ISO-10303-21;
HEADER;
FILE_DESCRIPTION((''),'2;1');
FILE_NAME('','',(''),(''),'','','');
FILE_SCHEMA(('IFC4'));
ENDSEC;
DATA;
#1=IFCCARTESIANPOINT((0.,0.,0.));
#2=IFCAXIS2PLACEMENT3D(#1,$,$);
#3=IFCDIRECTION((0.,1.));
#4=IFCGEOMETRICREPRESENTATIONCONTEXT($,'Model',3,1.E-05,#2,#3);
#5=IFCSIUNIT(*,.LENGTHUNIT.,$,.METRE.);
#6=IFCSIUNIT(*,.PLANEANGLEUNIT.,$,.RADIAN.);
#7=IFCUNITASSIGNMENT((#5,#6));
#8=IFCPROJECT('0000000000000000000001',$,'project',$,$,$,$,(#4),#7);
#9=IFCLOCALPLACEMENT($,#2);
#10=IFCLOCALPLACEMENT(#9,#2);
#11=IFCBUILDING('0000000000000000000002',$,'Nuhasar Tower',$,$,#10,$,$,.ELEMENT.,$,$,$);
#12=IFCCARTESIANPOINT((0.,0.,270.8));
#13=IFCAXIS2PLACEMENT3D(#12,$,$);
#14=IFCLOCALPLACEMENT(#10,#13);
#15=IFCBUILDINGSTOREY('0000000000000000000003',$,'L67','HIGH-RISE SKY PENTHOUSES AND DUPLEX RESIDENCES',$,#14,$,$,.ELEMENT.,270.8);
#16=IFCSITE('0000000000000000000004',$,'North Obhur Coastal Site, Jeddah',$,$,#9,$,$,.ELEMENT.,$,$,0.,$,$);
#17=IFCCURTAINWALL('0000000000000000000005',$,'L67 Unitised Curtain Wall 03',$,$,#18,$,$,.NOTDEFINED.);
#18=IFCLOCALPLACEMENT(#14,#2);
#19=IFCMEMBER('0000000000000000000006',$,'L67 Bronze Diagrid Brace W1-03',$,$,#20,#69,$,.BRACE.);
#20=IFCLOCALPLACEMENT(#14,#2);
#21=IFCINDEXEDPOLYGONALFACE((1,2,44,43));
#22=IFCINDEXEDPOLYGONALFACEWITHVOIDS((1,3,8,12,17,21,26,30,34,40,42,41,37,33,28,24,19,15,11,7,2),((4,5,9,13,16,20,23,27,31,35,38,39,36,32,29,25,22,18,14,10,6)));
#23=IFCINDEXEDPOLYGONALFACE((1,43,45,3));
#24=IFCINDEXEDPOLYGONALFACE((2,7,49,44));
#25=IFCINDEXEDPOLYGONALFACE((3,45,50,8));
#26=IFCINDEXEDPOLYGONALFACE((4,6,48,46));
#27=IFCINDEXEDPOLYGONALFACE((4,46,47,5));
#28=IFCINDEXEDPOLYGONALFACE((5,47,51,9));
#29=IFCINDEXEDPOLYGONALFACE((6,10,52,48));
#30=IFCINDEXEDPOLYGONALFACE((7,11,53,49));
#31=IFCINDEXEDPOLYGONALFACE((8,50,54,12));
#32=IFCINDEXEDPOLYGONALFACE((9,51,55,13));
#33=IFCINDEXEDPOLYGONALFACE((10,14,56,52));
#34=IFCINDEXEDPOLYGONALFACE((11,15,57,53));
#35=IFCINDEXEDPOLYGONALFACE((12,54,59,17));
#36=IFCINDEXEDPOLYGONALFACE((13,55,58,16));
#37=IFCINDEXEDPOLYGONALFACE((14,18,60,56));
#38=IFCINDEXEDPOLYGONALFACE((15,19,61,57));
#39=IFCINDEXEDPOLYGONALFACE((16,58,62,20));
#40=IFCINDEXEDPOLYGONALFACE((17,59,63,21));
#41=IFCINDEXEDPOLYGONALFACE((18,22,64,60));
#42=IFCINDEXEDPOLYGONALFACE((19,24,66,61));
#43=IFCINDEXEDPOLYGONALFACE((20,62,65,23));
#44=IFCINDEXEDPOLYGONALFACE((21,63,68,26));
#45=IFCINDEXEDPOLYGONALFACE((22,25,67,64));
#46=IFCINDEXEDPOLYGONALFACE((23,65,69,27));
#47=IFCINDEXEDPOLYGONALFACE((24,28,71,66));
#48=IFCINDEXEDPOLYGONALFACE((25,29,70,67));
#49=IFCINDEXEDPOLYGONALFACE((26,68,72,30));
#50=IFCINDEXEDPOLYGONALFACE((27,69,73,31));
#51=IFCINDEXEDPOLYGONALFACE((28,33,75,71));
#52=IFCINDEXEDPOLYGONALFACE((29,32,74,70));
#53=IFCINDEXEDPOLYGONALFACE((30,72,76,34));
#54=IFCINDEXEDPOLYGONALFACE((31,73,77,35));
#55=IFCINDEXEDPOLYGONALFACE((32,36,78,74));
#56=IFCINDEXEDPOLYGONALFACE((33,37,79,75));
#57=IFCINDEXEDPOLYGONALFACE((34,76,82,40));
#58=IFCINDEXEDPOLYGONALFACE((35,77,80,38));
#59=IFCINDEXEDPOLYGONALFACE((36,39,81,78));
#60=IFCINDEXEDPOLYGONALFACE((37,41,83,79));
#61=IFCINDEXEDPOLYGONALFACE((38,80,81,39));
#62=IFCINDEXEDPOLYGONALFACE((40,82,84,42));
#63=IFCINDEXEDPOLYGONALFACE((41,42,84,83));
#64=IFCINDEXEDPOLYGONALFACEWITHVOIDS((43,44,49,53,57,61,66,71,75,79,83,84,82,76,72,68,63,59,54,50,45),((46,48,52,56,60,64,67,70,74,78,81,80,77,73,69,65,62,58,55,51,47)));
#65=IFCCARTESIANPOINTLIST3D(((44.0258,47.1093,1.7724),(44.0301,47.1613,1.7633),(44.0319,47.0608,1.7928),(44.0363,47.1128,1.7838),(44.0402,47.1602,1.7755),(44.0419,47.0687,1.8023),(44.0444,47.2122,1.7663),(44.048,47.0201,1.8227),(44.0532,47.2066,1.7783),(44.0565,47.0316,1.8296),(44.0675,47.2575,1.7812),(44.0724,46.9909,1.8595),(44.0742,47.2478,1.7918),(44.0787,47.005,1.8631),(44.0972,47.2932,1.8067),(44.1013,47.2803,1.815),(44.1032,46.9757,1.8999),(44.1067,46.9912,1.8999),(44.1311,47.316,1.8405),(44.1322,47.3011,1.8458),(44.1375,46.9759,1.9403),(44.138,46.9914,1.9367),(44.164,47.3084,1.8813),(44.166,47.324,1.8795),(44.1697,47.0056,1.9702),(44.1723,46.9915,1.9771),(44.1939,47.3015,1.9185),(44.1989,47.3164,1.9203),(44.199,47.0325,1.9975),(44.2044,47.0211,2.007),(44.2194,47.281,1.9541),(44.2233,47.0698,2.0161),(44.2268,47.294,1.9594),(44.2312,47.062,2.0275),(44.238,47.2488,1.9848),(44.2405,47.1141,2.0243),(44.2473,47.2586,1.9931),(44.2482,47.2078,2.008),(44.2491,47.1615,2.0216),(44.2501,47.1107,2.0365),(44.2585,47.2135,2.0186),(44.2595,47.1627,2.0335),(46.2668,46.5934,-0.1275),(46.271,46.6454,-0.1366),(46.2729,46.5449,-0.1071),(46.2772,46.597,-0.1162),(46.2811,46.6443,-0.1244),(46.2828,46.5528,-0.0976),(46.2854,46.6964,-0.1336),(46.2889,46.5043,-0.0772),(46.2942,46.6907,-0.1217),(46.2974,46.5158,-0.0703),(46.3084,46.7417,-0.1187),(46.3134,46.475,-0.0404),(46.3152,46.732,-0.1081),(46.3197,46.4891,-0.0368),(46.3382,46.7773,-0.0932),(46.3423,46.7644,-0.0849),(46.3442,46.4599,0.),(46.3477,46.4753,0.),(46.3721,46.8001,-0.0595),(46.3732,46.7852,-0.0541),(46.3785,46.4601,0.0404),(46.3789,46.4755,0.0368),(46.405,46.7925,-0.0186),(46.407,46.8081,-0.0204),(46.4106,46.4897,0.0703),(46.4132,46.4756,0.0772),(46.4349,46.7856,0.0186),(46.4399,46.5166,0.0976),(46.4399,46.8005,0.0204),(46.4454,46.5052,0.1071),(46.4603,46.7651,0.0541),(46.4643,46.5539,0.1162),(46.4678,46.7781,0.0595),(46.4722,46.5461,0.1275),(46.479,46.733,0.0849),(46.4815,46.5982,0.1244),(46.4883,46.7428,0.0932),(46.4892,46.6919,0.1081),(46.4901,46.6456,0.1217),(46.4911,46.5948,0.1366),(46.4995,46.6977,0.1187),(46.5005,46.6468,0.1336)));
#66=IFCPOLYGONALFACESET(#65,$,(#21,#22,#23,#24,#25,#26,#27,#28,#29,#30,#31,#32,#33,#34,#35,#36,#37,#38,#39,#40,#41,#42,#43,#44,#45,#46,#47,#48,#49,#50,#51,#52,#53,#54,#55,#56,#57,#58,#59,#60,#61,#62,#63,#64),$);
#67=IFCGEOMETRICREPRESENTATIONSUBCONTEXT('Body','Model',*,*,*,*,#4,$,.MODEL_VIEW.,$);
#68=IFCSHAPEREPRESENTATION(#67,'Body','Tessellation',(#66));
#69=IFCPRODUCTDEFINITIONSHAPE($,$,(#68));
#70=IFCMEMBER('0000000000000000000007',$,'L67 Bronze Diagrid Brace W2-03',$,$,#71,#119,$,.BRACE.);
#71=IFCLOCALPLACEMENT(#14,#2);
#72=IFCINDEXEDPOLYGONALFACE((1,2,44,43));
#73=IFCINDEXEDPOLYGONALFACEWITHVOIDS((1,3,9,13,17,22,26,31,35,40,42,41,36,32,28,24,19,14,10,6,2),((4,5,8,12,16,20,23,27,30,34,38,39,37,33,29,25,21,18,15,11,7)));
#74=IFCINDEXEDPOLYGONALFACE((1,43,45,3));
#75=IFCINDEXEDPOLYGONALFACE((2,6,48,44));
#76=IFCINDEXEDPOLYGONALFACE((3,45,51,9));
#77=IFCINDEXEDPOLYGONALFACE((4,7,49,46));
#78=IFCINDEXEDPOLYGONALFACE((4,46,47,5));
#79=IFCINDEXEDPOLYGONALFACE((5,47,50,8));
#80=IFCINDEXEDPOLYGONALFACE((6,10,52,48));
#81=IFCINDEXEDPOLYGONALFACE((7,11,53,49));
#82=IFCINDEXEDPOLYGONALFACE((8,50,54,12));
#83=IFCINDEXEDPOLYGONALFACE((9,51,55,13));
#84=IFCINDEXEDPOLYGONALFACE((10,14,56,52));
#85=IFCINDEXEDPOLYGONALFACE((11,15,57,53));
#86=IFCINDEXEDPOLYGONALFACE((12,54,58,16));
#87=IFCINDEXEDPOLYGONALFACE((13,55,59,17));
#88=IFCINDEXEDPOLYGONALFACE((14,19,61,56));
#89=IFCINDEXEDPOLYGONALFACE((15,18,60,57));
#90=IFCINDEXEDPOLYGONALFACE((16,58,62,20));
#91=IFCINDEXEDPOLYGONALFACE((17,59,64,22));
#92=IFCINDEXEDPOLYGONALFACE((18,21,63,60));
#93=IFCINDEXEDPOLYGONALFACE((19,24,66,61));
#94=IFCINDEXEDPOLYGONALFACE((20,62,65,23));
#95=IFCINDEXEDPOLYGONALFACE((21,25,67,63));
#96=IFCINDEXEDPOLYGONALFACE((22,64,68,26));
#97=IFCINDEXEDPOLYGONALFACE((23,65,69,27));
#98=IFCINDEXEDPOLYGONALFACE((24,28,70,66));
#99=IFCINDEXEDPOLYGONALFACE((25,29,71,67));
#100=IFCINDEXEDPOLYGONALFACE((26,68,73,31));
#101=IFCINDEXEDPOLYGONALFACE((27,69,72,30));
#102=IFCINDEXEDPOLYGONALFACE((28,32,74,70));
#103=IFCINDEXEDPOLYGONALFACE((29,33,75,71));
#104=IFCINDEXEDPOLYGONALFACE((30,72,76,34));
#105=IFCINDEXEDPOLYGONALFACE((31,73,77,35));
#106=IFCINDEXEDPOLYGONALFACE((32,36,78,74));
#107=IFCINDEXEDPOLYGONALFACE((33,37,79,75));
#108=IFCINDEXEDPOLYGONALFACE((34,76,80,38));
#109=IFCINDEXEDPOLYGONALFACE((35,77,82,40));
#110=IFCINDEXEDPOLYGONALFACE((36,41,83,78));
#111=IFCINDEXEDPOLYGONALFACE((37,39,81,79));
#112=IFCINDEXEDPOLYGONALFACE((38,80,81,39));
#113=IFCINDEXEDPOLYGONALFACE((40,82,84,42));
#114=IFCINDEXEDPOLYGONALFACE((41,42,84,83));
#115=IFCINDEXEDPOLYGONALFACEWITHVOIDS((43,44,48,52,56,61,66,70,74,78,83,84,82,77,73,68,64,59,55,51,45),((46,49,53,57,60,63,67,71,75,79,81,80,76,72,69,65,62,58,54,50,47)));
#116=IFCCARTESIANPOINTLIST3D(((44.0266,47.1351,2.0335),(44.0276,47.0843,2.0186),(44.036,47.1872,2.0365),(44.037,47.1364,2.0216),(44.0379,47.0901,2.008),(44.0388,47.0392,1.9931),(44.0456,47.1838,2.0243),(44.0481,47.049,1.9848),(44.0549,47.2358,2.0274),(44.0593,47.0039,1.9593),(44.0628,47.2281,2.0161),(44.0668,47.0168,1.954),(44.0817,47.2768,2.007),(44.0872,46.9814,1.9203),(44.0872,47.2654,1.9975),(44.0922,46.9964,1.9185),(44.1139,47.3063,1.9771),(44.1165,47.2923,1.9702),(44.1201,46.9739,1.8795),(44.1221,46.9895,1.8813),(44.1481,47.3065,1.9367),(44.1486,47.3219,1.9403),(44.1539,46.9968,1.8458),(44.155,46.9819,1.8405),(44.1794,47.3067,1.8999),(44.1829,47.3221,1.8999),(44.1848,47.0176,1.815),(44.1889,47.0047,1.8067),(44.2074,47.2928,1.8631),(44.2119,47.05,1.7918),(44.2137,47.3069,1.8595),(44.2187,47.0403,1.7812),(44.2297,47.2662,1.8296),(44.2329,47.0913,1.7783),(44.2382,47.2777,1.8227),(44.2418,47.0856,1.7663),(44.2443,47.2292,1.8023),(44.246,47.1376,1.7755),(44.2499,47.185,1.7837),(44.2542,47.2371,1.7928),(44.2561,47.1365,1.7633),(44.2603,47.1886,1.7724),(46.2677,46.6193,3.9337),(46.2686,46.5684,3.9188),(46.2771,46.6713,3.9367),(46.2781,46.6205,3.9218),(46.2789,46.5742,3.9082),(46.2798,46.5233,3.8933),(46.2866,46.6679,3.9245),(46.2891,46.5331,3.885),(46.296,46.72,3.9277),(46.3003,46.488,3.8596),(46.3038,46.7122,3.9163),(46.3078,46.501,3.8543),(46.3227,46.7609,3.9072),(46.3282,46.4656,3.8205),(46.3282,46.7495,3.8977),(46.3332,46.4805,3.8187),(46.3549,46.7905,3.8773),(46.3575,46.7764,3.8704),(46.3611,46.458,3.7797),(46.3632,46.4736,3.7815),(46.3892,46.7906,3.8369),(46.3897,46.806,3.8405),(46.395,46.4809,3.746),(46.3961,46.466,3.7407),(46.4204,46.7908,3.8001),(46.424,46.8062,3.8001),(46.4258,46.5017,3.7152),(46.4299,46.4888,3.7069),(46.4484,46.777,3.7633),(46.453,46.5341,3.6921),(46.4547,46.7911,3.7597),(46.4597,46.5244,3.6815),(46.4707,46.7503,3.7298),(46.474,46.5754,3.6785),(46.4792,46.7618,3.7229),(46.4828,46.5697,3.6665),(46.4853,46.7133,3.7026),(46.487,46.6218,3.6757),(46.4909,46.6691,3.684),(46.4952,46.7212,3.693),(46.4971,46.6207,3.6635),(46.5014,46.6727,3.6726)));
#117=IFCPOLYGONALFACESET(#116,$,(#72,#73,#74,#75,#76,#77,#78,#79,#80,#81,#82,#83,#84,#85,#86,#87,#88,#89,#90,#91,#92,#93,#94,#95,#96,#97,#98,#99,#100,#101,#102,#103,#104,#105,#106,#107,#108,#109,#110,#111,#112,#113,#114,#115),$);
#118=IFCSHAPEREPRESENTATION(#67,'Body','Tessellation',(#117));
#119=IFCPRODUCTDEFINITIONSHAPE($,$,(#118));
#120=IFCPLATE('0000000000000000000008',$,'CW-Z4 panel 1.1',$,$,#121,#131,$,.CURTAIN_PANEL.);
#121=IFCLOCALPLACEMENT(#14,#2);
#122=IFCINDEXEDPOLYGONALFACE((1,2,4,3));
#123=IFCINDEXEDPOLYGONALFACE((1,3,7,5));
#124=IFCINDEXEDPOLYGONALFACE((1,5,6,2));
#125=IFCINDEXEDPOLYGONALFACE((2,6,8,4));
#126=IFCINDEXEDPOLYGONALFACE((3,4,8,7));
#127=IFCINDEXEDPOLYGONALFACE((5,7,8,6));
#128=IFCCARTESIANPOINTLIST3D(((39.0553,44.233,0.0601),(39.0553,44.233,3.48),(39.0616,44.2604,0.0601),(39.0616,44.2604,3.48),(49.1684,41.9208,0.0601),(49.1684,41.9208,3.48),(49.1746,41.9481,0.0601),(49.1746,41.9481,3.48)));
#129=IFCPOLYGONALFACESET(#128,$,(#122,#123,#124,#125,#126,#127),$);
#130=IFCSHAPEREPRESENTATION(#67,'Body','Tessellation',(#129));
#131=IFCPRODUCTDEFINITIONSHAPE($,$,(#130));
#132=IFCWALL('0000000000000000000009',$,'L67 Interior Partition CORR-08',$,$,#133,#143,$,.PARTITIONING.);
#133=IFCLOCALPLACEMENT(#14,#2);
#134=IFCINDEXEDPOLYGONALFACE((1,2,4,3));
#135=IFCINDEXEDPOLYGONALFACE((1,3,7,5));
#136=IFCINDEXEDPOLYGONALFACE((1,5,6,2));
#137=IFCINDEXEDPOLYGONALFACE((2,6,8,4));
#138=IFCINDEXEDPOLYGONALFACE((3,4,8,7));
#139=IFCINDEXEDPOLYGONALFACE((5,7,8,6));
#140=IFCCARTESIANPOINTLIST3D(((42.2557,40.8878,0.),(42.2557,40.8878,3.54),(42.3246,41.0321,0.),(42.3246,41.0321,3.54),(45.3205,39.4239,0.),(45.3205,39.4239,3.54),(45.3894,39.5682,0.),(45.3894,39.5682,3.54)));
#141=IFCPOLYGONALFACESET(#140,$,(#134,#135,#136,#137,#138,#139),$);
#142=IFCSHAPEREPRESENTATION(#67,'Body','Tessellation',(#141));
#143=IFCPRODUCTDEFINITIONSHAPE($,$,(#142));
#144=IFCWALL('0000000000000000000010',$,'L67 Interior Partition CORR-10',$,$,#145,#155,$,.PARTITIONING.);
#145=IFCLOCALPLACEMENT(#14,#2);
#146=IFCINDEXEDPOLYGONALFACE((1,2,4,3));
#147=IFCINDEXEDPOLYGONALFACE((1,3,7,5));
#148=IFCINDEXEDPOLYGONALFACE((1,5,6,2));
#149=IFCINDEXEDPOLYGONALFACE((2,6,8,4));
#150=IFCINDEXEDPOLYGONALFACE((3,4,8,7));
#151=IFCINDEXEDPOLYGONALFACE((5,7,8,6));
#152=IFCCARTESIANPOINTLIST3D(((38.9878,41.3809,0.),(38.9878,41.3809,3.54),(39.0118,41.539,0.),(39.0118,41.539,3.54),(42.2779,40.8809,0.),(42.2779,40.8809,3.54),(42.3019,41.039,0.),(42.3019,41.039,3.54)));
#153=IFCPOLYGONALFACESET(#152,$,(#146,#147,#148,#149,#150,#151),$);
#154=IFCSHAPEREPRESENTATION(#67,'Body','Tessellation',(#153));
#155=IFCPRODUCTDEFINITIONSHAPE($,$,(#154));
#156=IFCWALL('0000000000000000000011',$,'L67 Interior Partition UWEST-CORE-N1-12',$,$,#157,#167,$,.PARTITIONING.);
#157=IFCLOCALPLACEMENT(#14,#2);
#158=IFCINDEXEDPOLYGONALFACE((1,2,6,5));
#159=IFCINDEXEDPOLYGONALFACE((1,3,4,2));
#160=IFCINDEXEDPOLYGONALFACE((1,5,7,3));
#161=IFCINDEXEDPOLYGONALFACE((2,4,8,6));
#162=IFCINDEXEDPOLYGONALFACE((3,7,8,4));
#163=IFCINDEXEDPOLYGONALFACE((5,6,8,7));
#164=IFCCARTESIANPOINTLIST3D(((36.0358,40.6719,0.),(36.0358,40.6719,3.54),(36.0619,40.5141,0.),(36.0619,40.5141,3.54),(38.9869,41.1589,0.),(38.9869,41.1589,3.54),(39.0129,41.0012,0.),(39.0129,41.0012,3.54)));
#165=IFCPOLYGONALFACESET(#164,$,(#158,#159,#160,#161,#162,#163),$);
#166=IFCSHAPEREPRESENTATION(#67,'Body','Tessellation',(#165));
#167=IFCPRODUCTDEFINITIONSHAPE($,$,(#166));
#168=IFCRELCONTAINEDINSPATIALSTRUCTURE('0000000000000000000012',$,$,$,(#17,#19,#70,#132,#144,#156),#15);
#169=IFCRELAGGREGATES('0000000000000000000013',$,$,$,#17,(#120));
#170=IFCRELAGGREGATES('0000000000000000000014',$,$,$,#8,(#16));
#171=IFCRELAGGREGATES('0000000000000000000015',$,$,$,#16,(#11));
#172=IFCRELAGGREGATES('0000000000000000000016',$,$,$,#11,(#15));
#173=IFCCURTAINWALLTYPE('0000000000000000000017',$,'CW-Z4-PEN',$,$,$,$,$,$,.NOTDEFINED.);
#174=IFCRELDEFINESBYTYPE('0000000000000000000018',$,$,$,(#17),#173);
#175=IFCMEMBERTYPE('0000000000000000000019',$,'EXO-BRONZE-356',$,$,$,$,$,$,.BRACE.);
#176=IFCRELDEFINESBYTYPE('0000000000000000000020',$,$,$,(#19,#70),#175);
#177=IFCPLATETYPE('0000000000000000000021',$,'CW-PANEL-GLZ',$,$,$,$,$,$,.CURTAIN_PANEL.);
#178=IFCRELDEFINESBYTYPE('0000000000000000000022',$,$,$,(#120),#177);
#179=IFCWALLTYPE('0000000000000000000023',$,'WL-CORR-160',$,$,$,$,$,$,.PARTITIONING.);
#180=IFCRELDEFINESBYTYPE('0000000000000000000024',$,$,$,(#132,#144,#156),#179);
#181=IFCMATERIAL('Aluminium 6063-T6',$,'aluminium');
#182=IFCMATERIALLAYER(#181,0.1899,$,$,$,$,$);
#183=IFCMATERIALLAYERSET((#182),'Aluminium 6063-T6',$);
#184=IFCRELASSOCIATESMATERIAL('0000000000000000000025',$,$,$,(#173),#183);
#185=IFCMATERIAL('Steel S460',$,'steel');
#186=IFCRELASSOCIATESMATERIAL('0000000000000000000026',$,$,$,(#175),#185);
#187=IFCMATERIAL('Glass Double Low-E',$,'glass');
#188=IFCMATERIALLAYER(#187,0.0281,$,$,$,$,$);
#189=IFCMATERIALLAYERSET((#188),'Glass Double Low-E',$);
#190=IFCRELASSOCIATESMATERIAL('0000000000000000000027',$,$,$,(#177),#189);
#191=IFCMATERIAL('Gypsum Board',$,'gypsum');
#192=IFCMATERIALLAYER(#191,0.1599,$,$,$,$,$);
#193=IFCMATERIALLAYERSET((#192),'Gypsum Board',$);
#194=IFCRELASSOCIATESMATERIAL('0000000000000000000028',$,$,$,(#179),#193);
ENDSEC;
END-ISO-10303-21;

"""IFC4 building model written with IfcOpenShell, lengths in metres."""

from ifc_helpers import new_model, si_unit, direction, frame, frame_2d, origin, origin_2d, place, context, subcontext, project, spatial, rectangle, hollow_circle, extrude, material, layer, layer_set, material_profile, profile_set, type_object, element, aggregate, save


model = new_model("IFC4")

# Units and contexts
model_context = context("Model", 3, precision=1e-05, world=origin(), true_north=direction((0.0, 1.0)))
body_context = subcontext(model_context, "Body", "Model", "MODEL_VIEW")
ifc_project = project(units=[si_unit("LENGTHUNIT", "METRE"), si_unit("PLANEANGLEUNIT", "RADIAN")], contexts=[model_context])

# Site, building, storey
site_placement = place(None, origin())
site = spatial("IfcSite", under=ifc_project, at=site_placement, Name="North Obhur Coastal Site, Jeddah", CompositionType="ELEMENT", RefElevation=0.0)
building_placement = place(site_placement, origin())
building = spatial("IfcBuilding", under=site, at=building_placement, Name="Nuhasar Tower", CompositionType="ELEMENT")
storey_placement = place(building_placement, frame((0.0, 0.0, 270.8)))
storey = spatial("IfcBuildingStorey", under=building, at=storey_placement, Name="L67", Description="HIGH-RISE SKY PENTHOUSES AND DUPLEX RESIDENCES", CompositionType="ELEMENT", Elevation=270.8)

# Curtain wall
ifc_material_1 = material(Name="Aluminium 6063-T6", Category="aluminium")
ifc_layer_1 = layer(ifc_material_1, 0.1899)
ifc_layer_set_1 = layer_set([ifc_layer_1], Name="Aluminium 6063-T6")
curtain_wall_type = type_object("IfcCurtainWallType", Name="CW-Z4-PEN", PredefinedType="NOTDEFINED", material=ifc_layer_set_1)
curtain_wall_placement = place(storey_placement, origin())
curtain_wall = element("IfcCurtainWall", 1, at=curtain_wall_placement, inside=storey, type_object=curtain_wall_type, Name="L67 Unitised Curtain Wall 03", PredefinedType="NOTDEFINED")

# Members
ifc_material_2 = material(Name="Steel S460", Category="steel")
ifc_material_profile_1 = material_profile(ifc_material_2, hollow_circle(Radius=0.1777, WallThickness=0.0159, at=origin_2d()), Name="HSS355.6X15.9")
ifc_profile_set_1 = profile_set([ifc_material_profile_1], Name="Steel S460")
member_type_1 = type_object("IfcMemberType", Name="EXO-BRONZE-356", PredefinedType="BRACE", material=ifc_profile_set_1)
member_1_placement = place(storey_placement, frame((46.384, 46.6331, 0.0), z_axis=(-0.751272, 0.172942, 0.636932), x_axis=(-0.224332, -0.974513, 0.0)))
element("IfcMember", 2, at=member_1_placement, inside=storey, type_object=member_type_1, Name="L67 Bronze Diagrid Brace W1-03", PredefinedType="BRACE", context=body_context, shape_type="SweptSolid", body=[
    extrude(hollow_circle(Radius=0.1777, WallThickness=0.0159, at=origin_2d()), origin(), (0.0, 0.0, 1.0), 2.9829),
])
member_2_placement = place(storey_placement, frame((44.1431, 47.1489, 1.8999), z_axis=(0.751232, -0.172933, 0.63698), x_axis=(0.224332, 0.974513, 0.0)))
element("IfcMember", 3, at=member_2_placement, inside=storey, type_object=member_type_1, Name="L67 Bronze Diagrid Brace W2-03", PredefinedType="BRACE", context=body_context, shape_type="SweptSolid", body=[
    extrude(hollow_circle(Radius=0.1777, WallThickness=0.0159, at=origin_2d()), origin(), (0.0, 0.0, 1.0), 2.9832),
])

# Plate
ifc_material_3 = material(Name="Glass Double Low-E", Category="glass")
ifc_layer_2 = layer(ifc_material_3, 0.0281)
ifc_layer_set_2 = layer_set([ifc_layer_2], Name="Glass Double Low-E")
plate_type = type_object("IfcPlateType", Name="CW-PANEL-GLZ", PredefinedType="CURTAIN_PANEL", material=ifc_layer_set_2)
plate_placement = place(storey_placement, frame((44.115, 43.0906, 0.0601), z_axis=(0.0, 0.0, 1.0), x_axis=(-0.974844, 0.222889, 0.0)))
plate = element("IfcPlate", 4, at=plate_placement, type_object=plate_type, Name="CW-Z4 panel 1.1", PredefinedType="CURTAIN_PANEL", context=body_context, shape_type="SweptSolid", body=[
    extrude(rectangle(XDim=10.374, YDim=0.0281, at=origin_2d()), origin(), (0.0, 0.0, 1.0), 3.4199),
])
aggregate(curtain_wall, [plate])

# Shared definitions
ifc_material_4 = material(Name="Gypsum Board", Category="gypsum")
ifc_layer_3 = layer(ifc_material_4, 0.1599)
ifc_layer_set_3 = layer_set([ifc_layer_3], Name="Gypsum Board")
wall_type_1 = type_object("IfcWallType", Name="WL-CORR-160", PredefinedType="PARTITIONING", material=ifc_layer_set_3)

# Walls
wall_1_placement = place(storey_placement, frame((45.355, 39.4961, 0.0), z_axis=(0.0, 0.0, 1.0), x_axis=(-0.90236, 0.430982, 0.0)))
element("IfcWall", 5, at=wall_1_placement, inside=storey, type_object=wall_type_1, Name="L67 Interior Partition CORR-08", PredefinedType="PARTITIONING", context=body_context, shape_type="SweptSolid", body=[
    extrude(rectangle(XDim=3.3965, YDim=0.1599, at=frame_2d((1.6982, 0.0))), origin(), (0.0, 0.0, 1.0), 3.54),
])
wall_2_placement = place(storey_placement, frame((42.29, 40.96, 0.0), z_axis=(0.0, 0.0, 1.0), x_axis=(-0.988648, 0.150249, 0.0)))
element("IfcWall", 6, at=wall_2_placement, inside=storey, type_object=wall_type_1, Name="L67 Interior Partition CORR-10", PredefinedType="PARTITIONING", context=body_context, shape_type="SweptSolid", body=[
    extrude(rectangle(XDim=3.3279, YDim=0.1599, at=frame_2d((1.6641, 0.0))), origin(), (0.0, 0.0, 1.0), 3.54),
])
wall_3_placement = place(storey_placement, frame((39.0, 41.0801, 0.0), z_axis=(0.0, 0.0, 1.0), x_axis=(-0.986651, -0.16285, 0.0)))
element("IfcWall", 7, at=wall_3_placement, inside=storey, type_object=wall_type_1, Name="L67 Interior Partition UWEST-CORE-N1-12", PredefinedType="PARTITIONING", context=body_context, shape_type="SweptSolid", body=[
    extrude(rectangle(XDim=2.991, YDim=0.1599, at=frame_2d((1.4956, 0.0))), origin(), (0.0, 0.0, 1.0), 3.54),
])

save(model, "model.ifc")
